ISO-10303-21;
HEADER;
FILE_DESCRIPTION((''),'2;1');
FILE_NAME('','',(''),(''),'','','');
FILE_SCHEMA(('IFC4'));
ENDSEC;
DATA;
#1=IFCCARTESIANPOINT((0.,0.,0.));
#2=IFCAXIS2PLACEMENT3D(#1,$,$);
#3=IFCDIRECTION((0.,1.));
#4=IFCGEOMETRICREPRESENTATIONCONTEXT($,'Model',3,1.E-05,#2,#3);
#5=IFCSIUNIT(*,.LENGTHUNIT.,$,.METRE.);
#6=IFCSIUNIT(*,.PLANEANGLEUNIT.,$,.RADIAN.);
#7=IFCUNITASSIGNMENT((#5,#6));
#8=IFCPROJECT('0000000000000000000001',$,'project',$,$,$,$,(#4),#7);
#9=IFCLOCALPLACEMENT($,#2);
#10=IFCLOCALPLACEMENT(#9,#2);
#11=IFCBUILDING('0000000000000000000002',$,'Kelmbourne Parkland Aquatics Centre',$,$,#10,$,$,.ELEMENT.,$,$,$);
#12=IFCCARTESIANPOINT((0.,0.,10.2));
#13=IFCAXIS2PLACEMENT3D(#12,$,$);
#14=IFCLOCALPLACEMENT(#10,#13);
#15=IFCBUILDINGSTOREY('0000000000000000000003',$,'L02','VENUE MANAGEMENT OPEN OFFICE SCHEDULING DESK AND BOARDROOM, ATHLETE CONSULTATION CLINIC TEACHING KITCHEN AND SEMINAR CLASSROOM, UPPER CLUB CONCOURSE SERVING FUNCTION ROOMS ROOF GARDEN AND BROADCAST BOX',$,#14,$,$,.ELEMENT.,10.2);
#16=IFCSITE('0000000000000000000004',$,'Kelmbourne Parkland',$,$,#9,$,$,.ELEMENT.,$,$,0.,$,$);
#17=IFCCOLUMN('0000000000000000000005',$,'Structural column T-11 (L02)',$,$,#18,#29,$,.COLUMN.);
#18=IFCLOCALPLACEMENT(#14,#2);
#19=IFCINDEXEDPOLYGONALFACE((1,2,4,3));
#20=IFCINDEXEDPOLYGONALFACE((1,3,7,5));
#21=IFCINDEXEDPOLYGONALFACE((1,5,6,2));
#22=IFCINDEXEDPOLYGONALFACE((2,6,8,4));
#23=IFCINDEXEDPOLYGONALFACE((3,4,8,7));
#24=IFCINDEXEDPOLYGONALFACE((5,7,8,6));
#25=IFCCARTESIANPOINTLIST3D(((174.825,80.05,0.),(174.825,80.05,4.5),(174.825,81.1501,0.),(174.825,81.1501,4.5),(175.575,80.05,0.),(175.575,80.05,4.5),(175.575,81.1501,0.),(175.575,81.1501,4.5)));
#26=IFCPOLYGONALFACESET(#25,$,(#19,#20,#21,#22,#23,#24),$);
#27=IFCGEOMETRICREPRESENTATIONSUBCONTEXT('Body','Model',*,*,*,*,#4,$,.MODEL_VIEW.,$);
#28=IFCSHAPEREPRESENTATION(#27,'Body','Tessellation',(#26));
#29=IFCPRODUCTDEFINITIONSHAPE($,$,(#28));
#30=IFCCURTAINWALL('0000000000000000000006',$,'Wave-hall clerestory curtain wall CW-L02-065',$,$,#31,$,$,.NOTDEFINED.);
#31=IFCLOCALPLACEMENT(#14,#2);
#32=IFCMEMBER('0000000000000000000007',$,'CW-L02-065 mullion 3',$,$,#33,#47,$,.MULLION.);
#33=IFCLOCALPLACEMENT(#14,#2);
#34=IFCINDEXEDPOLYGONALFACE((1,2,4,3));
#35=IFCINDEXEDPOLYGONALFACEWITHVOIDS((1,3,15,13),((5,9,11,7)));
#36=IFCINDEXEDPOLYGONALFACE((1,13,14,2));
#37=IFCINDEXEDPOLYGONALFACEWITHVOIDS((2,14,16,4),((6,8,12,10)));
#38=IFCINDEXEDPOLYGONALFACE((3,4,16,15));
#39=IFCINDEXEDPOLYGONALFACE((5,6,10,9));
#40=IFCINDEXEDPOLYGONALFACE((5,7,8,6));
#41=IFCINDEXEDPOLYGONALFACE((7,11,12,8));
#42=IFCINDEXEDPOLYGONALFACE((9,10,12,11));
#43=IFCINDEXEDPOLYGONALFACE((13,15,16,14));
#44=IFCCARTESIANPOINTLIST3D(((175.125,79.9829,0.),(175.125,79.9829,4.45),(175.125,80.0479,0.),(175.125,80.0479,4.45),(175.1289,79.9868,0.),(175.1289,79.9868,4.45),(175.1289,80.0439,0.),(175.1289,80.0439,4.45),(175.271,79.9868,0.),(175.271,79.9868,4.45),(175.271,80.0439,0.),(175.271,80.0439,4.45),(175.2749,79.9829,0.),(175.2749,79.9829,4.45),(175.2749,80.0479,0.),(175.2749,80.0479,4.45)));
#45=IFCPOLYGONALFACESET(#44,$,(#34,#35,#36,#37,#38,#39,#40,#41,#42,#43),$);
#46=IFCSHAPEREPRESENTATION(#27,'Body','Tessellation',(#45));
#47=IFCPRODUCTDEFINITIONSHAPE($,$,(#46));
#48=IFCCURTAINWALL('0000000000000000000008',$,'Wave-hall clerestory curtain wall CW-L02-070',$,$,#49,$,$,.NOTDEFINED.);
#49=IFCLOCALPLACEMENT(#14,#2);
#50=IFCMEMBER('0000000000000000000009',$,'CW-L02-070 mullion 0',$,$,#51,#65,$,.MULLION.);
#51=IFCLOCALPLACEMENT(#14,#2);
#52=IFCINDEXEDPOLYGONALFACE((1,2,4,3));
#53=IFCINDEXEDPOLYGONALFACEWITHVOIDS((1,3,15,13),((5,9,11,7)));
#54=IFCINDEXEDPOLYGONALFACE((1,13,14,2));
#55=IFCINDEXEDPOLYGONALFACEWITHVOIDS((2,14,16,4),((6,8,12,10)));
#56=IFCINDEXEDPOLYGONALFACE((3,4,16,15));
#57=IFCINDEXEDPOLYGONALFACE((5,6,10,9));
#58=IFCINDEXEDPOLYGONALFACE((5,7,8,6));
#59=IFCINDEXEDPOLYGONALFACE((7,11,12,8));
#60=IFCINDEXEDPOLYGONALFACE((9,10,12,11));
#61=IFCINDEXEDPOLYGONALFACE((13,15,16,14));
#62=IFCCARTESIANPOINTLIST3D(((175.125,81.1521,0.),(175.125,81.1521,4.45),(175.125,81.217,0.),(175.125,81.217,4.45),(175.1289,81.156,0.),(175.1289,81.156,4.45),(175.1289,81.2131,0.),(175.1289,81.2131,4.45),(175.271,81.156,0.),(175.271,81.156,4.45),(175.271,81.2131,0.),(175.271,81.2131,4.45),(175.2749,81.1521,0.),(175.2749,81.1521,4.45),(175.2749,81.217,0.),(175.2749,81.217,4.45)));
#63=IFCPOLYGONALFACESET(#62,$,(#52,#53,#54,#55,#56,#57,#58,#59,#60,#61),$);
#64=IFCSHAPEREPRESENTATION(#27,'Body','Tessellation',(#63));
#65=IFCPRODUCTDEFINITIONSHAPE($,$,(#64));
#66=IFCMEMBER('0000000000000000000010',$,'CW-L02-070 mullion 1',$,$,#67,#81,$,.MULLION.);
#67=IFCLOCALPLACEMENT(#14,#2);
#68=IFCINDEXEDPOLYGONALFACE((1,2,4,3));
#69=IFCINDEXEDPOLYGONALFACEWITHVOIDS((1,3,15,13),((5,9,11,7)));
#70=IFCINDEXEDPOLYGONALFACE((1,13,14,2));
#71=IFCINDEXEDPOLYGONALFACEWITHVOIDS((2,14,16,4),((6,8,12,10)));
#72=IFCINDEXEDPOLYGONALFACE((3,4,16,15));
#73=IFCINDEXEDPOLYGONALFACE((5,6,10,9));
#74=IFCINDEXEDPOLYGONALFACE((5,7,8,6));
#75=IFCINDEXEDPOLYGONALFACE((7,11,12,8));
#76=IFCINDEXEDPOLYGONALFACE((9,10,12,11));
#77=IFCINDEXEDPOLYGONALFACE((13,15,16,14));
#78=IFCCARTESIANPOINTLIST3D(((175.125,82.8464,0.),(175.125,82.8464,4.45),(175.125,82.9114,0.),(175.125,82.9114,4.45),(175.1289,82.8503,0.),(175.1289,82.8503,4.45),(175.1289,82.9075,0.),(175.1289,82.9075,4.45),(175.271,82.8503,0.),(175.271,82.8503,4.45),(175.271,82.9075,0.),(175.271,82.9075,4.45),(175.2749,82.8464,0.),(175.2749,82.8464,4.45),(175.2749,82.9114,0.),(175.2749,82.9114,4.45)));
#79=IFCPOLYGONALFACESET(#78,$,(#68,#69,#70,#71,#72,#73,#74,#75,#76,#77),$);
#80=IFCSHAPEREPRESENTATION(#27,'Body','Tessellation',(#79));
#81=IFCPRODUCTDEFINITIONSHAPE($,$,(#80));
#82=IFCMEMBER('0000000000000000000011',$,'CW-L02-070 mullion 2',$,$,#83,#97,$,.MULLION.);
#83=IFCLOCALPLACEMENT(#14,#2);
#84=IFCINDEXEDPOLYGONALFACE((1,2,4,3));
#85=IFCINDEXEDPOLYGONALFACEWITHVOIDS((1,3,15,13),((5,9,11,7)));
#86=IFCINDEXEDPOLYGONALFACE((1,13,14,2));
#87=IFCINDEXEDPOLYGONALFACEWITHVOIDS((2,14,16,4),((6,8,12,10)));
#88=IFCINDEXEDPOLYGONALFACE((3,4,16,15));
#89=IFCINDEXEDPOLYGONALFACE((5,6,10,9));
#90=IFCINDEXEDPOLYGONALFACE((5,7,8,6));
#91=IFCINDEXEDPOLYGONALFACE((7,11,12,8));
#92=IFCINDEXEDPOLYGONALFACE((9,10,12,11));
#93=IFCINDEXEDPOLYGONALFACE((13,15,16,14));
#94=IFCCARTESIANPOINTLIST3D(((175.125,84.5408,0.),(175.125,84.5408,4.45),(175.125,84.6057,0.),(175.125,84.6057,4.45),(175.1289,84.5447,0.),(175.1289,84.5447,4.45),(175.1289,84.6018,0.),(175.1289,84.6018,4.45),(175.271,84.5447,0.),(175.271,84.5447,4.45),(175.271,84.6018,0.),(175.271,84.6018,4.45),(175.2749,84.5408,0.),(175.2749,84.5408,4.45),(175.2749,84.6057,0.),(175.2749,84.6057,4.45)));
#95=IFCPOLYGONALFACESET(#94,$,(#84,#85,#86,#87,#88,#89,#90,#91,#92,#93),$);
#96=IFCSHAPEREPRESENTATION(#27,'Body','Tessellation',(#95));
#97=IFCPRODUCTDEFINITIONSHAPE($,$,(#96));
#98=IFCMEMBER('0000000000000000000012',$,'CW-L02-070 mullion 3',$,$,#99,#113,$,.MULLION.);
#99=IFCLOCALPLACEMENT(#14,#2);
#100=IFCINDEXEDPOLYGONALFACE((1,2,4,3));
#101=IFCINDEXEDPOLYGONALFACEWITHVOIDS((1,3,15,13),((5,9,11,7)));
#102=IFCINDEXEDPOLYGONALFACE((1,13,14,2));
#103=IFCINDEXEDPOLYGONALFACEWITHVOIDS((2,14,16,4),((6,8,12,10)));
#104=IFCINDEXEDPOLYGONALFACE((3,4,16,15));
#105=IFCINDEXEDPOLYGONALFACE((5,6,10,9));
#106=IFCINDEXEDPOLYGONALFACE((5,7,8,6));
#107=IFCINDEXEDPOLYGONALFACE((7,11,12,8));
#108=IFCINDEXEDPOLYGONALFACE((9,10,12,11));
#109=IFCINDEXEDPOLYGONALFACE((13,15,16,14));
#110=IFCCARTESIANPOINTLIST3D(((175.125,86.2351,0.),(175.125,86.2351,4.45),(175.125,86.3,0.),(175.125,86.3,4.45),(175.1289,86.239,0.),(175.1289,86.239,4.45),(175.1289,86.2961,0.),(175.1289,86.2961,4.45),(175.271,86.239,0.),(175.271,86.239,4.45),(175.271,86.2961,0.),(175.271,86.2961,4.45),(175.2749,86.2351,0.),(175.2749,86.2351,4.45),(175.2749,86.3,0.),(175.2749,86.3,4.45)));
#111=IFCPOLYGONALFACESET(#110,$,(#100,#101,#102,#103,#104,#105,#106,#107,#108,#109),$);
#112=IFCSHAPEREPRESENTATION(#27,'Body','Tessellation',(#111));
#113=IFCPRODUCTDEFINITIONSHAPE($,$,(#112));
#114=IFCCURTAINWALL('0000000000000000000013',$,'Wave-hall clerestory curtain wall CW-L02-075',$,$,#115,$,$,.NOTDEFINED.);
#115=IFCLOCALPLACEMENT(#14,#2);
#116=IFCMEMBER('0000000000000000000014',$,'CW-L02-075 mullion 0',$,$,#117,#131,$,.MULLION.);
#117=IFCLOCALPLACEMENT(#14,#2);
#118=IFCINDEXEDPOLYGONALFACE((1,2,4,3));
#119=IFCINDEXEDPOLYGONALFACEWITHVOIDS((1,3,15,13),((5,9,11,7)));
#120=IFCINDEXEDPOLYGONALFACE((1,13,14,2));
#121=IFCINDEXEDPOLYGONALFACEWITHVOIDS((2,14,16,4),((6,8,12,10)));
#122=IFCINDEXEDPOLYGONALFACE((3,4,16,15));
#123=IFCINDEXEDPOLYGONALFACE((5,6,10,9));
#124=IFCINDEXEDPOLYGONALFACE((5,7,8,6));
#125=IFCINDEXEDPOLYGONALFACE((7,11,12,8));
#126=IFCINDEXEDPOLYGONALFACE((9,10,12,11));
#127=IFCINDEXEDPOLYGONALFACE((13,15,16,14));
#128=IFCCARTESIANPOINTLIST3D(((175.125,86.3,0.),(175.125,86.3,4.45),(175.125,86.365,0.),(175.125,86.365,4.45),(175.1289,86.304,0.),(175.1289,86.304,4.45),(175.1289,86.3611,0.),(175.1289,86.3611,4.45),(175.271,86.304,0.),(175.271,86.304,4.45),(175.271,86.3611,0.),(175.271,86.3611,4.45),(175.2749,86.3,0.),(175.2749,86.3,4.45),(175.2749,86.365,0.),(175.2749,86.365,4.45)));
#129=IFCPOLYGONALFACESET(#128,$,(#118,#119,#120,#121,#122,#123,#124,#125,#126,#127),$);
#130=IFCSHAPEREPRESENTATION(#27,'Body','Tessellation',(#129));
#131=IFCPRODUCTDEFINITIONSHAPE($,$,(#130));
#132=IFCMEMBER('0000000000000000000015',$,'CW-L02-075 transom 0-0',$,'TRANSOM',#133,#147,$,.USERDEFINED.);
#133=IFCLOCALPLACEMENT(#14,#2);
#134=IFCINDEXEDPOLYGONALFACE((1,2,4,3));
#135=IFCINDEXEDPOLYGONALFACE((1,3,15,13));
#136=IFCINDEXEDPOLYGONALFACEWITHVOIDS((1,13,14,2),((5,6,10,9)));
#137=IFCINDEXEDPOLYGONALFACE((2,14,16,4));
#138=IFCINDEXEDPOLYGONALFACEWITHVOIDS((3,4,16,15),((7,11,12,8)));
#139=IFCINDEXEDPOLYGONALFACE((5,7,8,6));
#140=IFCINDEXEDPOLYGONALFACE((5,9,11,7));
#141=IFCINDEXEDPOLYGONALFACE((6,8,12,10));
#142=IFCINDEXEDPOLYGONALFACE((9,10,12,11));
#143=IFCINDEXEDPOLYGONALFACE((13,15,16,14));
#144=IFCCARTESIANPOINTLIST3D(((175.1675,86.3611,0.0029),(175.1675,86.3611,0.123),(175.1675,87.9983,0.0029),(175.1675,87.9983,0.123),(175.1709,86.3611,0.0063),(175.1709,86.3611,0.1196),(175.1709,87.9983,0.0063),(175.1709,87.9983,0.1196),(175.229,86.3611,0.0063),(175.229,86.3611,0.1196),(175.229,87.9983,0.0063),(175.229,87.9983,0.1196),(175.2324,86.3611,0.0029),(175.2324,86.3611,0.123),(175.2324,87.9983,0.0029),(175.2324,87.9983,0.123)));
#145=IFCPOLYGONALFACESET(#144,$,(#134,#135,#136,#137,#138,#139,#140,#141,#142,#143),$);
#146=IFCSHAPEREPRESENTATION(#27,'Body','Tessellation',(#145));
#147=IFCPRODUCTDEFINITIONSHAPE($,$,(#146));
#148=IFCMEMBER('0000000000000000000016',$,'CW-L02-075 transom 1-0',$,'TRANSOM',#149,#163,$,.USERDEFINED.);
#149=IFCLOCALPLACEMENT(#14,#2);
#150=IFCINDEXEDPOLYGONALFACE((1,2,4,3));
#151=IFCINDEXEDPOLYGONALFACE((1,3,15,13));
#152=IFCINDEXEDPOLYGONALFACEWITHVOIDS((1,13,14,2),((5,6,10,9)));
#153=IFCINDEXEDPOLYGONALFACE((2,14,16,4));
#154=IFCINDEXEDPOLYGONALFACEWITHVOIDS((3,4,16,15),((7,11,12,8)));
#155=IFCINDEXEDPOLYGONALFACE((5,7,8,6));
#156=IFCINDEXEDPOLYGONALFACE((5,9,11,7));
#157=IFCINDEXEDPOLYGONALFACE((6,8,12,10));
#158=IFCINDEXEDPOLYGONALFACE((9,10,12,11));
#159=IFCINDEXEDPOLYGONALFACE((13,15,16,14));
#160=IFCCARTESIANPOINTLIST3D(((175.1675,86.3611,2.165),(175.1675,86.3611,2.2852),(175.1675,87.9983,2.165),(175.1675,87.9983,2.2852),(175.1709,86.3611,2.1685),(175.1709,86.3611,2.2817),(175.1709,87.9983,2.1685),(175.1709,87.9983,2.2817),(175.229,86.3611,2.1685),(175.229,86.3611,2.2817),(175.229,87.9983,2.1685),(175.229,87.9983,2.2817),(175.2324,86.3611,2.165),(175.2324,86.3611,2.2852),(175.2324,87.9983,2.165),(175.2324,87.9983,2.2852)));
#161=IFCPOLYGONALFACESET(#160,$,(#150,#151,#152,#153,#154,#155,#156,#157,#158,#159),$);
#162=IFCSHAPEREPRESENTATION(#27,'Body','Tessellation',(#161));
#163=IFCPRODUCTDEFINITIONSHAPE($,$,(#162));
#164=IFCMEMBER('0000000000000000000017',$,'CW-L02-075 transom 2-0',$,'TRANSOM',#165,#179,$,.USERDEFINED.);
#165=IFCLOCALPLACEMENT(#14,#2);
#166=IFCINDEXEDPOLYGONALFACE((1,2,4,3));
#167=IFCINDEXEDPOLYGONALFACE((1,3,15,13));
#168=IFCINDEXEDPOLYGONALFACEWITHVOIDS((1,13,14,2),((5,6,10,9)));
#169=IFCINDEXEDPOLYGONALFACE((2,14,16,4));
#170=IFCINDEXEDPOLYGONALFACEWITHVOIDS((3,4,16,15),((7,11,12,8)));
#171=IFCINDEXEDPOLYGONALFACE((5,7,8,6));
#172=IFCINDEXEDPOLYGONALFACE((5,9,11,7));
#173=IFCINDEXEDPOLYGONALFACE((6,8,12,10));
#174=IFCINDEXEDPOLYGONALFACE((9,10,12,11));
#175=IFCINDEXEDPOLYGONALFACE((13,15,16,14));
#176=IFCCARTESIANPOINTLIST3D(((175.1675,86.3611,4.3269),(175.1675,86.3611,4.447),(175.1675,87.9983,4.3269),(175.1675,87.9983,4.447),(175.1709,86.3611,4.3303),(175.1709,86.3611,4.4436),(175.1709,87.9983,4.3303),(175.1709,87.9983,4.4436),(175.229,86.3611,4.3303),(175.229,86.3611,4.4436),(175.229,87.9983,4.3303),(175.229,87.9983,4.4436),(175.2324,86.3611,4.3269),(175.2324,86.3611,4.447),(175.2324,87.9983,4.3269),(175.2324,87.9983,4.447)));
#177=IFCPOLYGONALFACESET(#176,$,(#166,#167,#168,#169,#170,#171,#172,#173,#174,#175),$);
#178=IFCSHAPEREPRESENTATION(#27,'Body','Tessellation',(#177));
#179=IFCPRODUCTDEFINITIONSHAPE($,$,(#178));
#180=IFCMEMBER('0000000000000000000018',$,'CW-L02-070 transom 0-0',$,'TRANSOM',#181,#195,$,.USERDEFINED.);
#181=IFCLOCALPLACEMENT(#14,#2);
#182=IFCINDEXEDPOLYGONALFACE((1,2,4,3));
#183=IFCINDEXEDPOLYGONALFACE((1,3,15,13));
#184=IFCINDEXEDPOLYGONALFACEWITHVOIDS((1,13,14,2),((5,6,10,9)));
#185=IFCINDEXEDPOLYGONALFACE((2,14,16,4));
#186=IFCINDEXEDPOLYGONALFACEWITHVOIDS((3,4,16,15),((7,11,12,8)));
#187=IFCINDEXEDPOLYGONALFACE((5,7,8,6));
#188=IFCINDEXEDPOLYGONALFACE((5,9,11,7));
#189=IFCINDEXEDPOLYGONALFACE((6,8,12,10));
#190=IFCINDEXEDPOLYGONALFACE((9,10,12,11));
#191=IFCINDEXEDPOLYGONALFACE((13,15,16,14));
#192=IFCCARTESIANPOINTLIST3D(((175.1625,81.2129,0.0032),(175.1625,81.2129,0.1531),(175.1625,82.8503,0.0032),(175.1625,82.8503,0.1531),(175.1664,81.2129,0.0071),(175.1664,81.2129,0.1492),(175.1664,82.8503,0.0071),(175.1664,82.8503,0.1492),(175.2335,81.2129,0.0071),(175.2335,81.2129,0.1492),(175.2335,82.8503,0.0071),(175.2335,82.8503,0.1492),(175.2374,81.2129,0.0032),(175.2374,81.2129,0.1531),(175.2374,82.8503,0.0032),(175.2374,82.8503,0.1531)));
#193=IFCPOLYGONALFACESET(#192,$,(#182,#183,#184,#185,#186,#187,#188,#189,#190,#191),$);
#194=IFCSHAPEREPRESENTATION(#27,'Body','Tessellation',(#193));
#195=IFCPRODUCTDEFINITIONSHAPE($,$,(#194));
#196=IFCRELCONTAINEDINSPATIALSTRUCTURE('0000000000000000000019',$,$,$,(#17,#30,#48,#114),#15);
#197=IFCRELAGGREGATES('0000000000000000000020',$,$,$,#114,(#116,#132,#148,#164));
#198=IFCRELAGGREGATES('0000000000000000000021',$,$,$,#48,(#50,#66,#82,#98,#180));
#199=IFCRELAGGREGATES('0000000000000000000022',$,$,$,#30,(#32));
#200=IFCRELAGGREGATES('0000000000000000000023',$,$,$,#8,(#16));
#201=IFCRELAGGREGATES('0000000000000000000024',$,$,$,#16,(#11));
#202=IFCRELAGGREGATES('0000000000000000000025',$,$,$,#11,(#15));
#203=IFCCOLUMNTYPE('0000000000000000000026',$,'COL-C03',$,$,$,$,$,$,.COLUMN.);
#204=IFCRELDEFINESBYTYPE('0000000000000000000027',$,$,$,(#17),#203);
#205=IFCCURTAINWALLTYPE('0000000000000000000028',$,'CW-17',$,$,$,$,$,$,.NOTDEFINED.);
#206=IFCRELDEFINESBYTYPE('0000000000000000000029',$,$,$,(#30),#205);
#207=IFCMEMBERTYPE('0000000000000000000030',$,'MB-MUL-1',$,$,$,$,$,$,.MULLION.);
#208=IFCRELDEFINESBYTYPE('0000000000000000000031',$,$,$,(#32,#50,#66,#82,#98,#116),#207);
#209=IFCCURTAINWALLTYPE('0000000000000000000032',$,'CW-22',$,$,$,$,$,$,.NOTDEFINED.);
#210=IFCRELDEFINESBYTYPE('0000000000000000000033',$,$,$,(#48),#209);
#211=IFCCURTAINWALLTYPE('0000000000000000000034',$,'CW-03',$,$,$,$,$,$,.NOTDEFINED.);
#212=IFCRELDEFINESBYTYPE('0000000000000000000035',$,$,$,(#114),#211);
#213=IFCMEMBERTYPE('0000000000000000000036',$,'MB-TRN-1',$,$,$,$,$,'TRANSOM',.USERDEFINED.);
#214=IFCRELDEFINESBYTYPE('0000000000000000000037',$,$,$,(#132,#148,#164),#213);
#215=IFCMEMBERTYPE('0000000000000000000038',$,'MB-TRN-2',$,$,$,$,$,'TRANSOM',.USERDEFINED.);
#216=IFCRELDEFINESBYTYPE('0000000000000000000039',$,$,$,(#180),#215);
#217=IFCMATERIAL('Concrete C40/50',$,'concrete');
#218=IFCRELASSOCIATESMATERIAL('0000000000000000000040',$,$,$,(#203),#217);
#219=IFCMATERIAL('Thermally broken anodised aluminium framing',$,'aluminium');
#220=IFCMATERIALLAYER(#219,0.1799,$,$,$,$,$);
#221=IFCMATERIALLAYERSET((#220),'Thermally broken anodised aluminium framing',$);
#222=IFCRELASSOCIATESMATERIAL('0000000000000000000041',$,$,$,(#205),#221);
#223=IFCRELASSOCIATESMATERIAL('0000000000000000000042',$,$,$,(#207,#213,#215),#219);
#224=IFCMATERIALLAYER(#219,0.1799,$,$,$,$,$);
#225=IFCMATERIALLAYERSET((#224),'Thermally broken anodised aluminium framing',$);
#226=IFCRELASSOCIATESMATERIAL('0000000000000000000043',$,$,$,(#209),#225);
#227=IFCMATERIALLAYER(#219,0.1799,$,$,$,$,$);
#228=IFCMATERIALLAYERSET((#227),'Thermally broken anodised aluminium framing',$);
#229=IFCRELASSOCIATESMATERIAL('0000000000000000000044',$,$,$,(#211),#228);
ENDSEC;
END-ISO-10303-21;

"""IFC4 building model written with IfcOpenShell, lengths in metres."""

from ifc_helpers import new_model, si_unit, direction, frame, origin, origin_2d, place, context, subcontext, project, spatial, rectangle, hollow_rectangle, extrude, material, layer, layer_set, material_profile, profile_set, type_object, element, aggregate, save


model = new_model("IFC4")

# Units and contexts
model_context = context("Model", 3, precision=1e-05, world=origin(), true_north=direction((0.0, 1.0)))
body_context = subcontext(model_context, "Body", "Model", "MODEL_VIEW")
ifc_project = project(units=[si_unit("LENGTHUNIT", "METRE"), si_unit("PLANEANGLEUNIT", "RADIAN")], contexts=[model_context])

# Site, building, storey
site_placement = place(None, origin())
site = spatial("IfcSite", under=ifc_project, at=site_placement, Name="Kelmbourne Parkland", CompositionType="ELEMENT", RefElevation=0.0)
building_placement = place(site_placement, origin())
building = spatial("IfcBuilding", under=site, at=building_placement, Name="Kelmbourne Parkland Aquatics Centre", CompositionType="ELEMENT")
storey_placement = place(building_placement, frame((0.0, 0.0, 10.2)))
storey = spatial("IfcBuildingStorey", under=building, at=storey_placement, Name="L02", Description="VENUE MANAGEMENT OPEN OFFICE SCHEDULING DESK AND BOARDROOM, ATHLETE CONSULTATION CLINIC TEACHING KITCHEN AND SEMINAR CLASSROOM, UPPER CLUB CONCOURSE SERVING FUNCTION ROOMS ROOF GARDEN AND BROADCAST BOX", CompositionType="ELEMENT", Elevation=10.2)

# Column
ifc_material_1 = material(Name="Concrete C40/50", Category="concrete")
ifc_material_profile_1 = material_profile(ifc_material_1, rectangle(XDim=0.75, YDim=1.1001, at=origin_2d()), Name="RC 750x1100")
ifc_profile_set_1 = profile_set([ifc_material_profile_1], Name="Concrete C40/50")
column_type = type_object("IfcColumnType", Name="COL-C03", PredefinedType="COLUMN", material=ifc_profile_set_1)
column_placement = place(storey_placement, frame((175.2, 80.6001, 0.0), z_axis=(0.0, 0.0, 1.0), x_axis=(1.0, 0.0, 0.0)))
element("IfcColumn", 1, at=column_placement, inside=storey, type_object=column_type, Name="Structural column T-11 (L02)", PredefinedType="COLUMN", context=body_context, shape_type="SweptSolid", body=[
    extrude(rectangle(XDim=0.75, YDim=1.1001, at=origin_2d()), origin(), (0.0, 0.0, 1.0), 4.5),
])

# Curtain wall, member
ifc_material_2 = material(Name="Thermally broken anodised aluminium framing", Category="aluminium")
ifc_layer_1 = layer(ifc_material_2, 0.1799)
ifc_layer_set_1 = layer_set([ifc_layer_1], Name="Thermally broken anodised aluminium framing")
curtain_wall_type_1 = type_object("IfcCurtainWallType", Name="CW-17", PredefinedType="NOTDEFINED", material=ifc_layer_set_1)
curtain_wall_1_placement = place(storey_placement, origin())
curtain_wall_1 = element("IfcCurtainWall", 2, at=curtain_wall_1_placement, inside=storey, type_object=curtain_wall_type_1, Name="Wave-hall clerestory curtain wall CW-L02-065", PredefinedType="NOTDEFINED")
ifc_material_profile_2 = material_profile(ifc_material_2, hollow_rectangle(XDim=0.0649, YDim=0.1499, WallThickness=0.0039, at=origin_2d()), Name="CW-M 65x150")
ifc_profile_set_2 = profile_set([ifc_material_profile_2], Name="Thermally broken anodised aluminium framing")
member_type_1 = type_object("IfcMemberType", Name="MB-MUL-1", PredefinedType="MULLION", material=ifc_profile_set_2)
member_1_placement = place(storey_placement, frame((175.2, 80.0154, 0.0), z_axis=(0.0, 0.0, 1.0), x_axis=(0.0, 1.0, 0.0)))
member_1 = element("IfcMember", 3, at=member_1_placement, type_object=member_type_1, Name="CW-L02-065 mullion 3", PredefinedType="MULLION", context=body_context, shape_type="SweptSolid", body=[
    extrude(hollow_rectangle(XDim=0.0649, YDim=0.1499, WallThickness=0.0039, at=origin_2d()), origin(), (0.0, 0.0, 1.0), 4.45),
])

# Curtain walls, members
ifc_layer_2 = layer(ifc_material_2, 0.1799)
ifc_layer_set_2 = layer_set([ifc_layer_2], Name="Thermally broken anodised aluminium framing")
curtain_wall_type_2 = type_object("IfcCurtainWallType", Name="CW-22", PredefinedType="NOTDEFINED", material=ifc_layer_set_2)
curtain_wall_2_placement = place(storey_placement, origin())
curtain_wall_2 = element("IfcCurtainWall", 4, at=curtain_wall_2_placement, inside=storey, type_object=curtain_wall_type_2, Name="Wave-hall clerestory curtain wall CW-L02-070", PredefinedType="NOTDEFINED")
member_2_placement = place(storey_placement, frame((175.2, 81.1846, 0.0), z_axis=(0.0, 0.0, 1.0), x_axis=(0.0, 1.0, 0.0)))
member_2 = element("IfcMember", 5, at=member_2_placement, type_object=member_type_1, Name="CW-L02-070 mullion 0", PredefinedType="MULLION", context=body_context, shape_type="SweptSolid", body=[
    extrude(hollow_rectangle(XDim=0.0649, YDim=0.1499, WallThickness=0.0039, at=origin_2d()), origin(), (0.0, 0.0, 1.0), 4.45),
])
member_3_placement = place(storey_placement, frame((175.2, 82.8789, 0.0), z_axis=(0.0, 0.0, 1.0), x_axis=(0.0, 1.0, 0.0)))
member_3 = element("IfcMember", 6, at=member_3_placement, type_object=member_type_1, Name="CW-L02-070 mullion 1", PredefinedType="MULLION", context=body_context, shape_type="SweptSolid", body=[
    extrude(hollow_rectangle(XDim=0.0649, YDim=0.1499, WallThickness=0.0039, at=origin_2d()), origin(), (0.0, 0.0, 1.0), 4.45),
])
member_4_placement = place(storey_placement, frame((175.2, 84.5732, 0.0), z_axis=(0.0, 0.0, 1.0), x_axis=(0.0, 1.0, 0.0)))
member_4 = element("IfcMember", 7, at=member_4_placement, type_object=member_type_1, Name="CW-L02-070 mullion 2", PredefinedType="MULLION", context=body_context, shape_type="SweptSolid", body=[
    extrude(hollow_rectangle(XDim=0.0649, YDim=0.1499, WallThickness=0.0039, at=origin_2d()), origin(), (0.0, 0.0, 1.0), 4.45),
])
member_5_placement = place(storey_placement, frame((175.2, 86.2676, 0.0), z_axis=(0.0, 0.0, 1.0), x_axis=(0.0, 1.0, 0.0)))
member_5 = element("IfcMember", 8, at=member_5_placement, type_object=member_type_1, Name="CW-L02-070 mullion 3", PredefinedType="MULLION", context=body_context, shape_type="SweptSolid", body=[
    extrude(hollow_rectangle(XDim=0.0649, YDim=0.1499, WallThickness=0.0039, at=origin_2d()), origin(), (0.0, 0.0, 1.0), 4.45),
])
ifc_layer_3 = layer(ifc_material_2, 0.1799)
ifc_layer_set_3 = layer_set([ifc_layer_3], Name="Thermally broken anodised aluminium framing")
curtain_wall_type_3 = type_object("IfcCurtainWallType", Name="CW-03", PredefinedType="NOTDEFINED", material=ifc_layer_set_3)
curtain_wall_3_placement = place(storey_placement, origin())
curtain_wall_3 = element("IfcCurtainWall", 9, at=curtain_wall_3_placement, inside=storey, type_object=curtain_wall_type_3, Name="Wave-hall clerestory curtain wall CW-L02-075", PredefinedType="NOTDEFINED")
member_6_placement = place(storey_placement, frame((175.2, 86.3325, 0.0), z_axis=(0.0, 0.0, 1.0), x_axis=(0.0, 1.0, 0.0)))
member_6 = element("IfcMember", 10, at=member_6_placement, type_object=member_type_1, Name="CW-L02-075 mullion 0", PredefinedType="MULLION", context=body_context, shape_type="SweptSolid", body=[
    extrude(hollow_rectangle(XDim=0.0649, YDim=0.1499, WallThickness=0.0039, at=origin_2d()), origin(), (0.0, 0.0, 1.0), 4.45),
])
ifc_material_profile_3 = material_profile(ifc_material_2, hollow_rectangle(XDim=0.0649, YDim=0.1201, WallThickness=0.0034, at=origin_2d()), Name="CW-T 65x120")
ifc_profile_set_3 = profile_set([ifc_material_profile_3], Name="Thermally broken anodised aluminium framing")
member_type_2 = type_object("IfcMemberType", Name="MB-TRN-1", ElementType="TRANSOM", PredefinedType="USERDEFINED", material=ifc_profile_set_3)
member_7_placement = place(storey_placement, frame((175.2, 86.3611, 0.063), z_axis=(0.0, 1.0, 0.0), x_axis=(-1.0, 0.0, 0.0)))
member_7 = element("IfcMember", 11, at=member_7_placement, type_object=member_type_2, Name="CW-L02-075 transom 0-0", ObjectType="TRANSOM", PredefinedType="USERDEFINED", context=body_context, shape_type="SweptSolid", body=[
    extrude(hollow_rectangle(XDim=0.0649, YDim=0.1201, WallThickness=0.0034, at=origin_2d()), origin(), (0.0, 0.0, 1.0), 1.6372),
])
member_8_placement = place(storey_placement, frame((175.2, 86.3611, 2.2251), z_axis=(0.0, 1.0, 0.0), x_axis=(-1.0, 0.0, 0.0)))
member_8 = element("IfcMember", 12, at=member_8_placement, type_object=member_type_2, Name="CW-L02-075 transom 1-0", ObjectType="TRANSOM", PredefinedType="USERDEFINED", context=body_context, shape_type="SweptSolid", body=[
    extrude(hollow_rectangle(XDim=0.0649, YDim=0.1201, WallThickness=0.0034, at=origin_2d()), origin(), (0.0, 0.0, 1.0), 1.6372),
])
member_9_placement = place(storey_placement, frame((175.2, 86.3611, 4.387), z_axis=(0.0, 1.0, 0.0), x_axis=(-1.0, 0.0, 0.0)))
member_9 = element("IfcMember", 13, at=member_9_placement, type_object=member_type_2, Name="CW-L02-075 transom 2-0", ObjectType="TRANSOM", PredefinedType="USERDEFINED", context=body_context, shape_type="SweptSolid", body=[
    extrude(hollow_rectangle(XDim=0.0649, YDim=0.1201, WallThickness=0.0034, at=origin_2d()), origin(), (0.0, 0.0, 1.0), 1.6372),
])

# Member
ifc_material_profile_4 = material_profile(ifc_material_2, hollow_rectangle(XDim=0.075, YDim=0.1499, WallThickness=0.0039, at=origin_2d()), Name="CW-T 75x150")
ifc_profile_set_4 = profile_set([ifc_material_profile_4], Name="Thermally broken anodised aluminium framing")
member_type_3 = type_object("IfcMemberType", Name="MB-TRN-2", ElementType="TRANSOM", PredefinedType="USERDEFINED", material=ifc_profile_set_4)
member_10_placement = place(storey_placement, frame((175.2, 81.2129, 0.0781), z_axis=(0.0, 1.0, 0.0), x_axis=(-1.0, 0.0, 0.0)))
member_10 = element("IfcMember", 14, at=member_10_placement, type_object=member_type_3, Name="CW-L02-070 transom 0-0", ObjectType="TRANSOM", PredefinedType="USERDEFINED", context=body_context, shape_type="SweptSolid", body=[
    extrude(hollow_rectangle(XDim=0.075, YDim=0.1499, WallThickness=0.0039, at=origin_2d()), origin(), (0.0, 0.0, 1.0), 1.6375),
])

aggregate(curtain_wall_3, [member_6, member_7, member_8, member_9])
aggregate(curtain_wall_2, [member_2, member_3, member_4, member_5, member_10])
aggregate(curtain_wall_1, [member_1])

save(model, "model.ifc")
